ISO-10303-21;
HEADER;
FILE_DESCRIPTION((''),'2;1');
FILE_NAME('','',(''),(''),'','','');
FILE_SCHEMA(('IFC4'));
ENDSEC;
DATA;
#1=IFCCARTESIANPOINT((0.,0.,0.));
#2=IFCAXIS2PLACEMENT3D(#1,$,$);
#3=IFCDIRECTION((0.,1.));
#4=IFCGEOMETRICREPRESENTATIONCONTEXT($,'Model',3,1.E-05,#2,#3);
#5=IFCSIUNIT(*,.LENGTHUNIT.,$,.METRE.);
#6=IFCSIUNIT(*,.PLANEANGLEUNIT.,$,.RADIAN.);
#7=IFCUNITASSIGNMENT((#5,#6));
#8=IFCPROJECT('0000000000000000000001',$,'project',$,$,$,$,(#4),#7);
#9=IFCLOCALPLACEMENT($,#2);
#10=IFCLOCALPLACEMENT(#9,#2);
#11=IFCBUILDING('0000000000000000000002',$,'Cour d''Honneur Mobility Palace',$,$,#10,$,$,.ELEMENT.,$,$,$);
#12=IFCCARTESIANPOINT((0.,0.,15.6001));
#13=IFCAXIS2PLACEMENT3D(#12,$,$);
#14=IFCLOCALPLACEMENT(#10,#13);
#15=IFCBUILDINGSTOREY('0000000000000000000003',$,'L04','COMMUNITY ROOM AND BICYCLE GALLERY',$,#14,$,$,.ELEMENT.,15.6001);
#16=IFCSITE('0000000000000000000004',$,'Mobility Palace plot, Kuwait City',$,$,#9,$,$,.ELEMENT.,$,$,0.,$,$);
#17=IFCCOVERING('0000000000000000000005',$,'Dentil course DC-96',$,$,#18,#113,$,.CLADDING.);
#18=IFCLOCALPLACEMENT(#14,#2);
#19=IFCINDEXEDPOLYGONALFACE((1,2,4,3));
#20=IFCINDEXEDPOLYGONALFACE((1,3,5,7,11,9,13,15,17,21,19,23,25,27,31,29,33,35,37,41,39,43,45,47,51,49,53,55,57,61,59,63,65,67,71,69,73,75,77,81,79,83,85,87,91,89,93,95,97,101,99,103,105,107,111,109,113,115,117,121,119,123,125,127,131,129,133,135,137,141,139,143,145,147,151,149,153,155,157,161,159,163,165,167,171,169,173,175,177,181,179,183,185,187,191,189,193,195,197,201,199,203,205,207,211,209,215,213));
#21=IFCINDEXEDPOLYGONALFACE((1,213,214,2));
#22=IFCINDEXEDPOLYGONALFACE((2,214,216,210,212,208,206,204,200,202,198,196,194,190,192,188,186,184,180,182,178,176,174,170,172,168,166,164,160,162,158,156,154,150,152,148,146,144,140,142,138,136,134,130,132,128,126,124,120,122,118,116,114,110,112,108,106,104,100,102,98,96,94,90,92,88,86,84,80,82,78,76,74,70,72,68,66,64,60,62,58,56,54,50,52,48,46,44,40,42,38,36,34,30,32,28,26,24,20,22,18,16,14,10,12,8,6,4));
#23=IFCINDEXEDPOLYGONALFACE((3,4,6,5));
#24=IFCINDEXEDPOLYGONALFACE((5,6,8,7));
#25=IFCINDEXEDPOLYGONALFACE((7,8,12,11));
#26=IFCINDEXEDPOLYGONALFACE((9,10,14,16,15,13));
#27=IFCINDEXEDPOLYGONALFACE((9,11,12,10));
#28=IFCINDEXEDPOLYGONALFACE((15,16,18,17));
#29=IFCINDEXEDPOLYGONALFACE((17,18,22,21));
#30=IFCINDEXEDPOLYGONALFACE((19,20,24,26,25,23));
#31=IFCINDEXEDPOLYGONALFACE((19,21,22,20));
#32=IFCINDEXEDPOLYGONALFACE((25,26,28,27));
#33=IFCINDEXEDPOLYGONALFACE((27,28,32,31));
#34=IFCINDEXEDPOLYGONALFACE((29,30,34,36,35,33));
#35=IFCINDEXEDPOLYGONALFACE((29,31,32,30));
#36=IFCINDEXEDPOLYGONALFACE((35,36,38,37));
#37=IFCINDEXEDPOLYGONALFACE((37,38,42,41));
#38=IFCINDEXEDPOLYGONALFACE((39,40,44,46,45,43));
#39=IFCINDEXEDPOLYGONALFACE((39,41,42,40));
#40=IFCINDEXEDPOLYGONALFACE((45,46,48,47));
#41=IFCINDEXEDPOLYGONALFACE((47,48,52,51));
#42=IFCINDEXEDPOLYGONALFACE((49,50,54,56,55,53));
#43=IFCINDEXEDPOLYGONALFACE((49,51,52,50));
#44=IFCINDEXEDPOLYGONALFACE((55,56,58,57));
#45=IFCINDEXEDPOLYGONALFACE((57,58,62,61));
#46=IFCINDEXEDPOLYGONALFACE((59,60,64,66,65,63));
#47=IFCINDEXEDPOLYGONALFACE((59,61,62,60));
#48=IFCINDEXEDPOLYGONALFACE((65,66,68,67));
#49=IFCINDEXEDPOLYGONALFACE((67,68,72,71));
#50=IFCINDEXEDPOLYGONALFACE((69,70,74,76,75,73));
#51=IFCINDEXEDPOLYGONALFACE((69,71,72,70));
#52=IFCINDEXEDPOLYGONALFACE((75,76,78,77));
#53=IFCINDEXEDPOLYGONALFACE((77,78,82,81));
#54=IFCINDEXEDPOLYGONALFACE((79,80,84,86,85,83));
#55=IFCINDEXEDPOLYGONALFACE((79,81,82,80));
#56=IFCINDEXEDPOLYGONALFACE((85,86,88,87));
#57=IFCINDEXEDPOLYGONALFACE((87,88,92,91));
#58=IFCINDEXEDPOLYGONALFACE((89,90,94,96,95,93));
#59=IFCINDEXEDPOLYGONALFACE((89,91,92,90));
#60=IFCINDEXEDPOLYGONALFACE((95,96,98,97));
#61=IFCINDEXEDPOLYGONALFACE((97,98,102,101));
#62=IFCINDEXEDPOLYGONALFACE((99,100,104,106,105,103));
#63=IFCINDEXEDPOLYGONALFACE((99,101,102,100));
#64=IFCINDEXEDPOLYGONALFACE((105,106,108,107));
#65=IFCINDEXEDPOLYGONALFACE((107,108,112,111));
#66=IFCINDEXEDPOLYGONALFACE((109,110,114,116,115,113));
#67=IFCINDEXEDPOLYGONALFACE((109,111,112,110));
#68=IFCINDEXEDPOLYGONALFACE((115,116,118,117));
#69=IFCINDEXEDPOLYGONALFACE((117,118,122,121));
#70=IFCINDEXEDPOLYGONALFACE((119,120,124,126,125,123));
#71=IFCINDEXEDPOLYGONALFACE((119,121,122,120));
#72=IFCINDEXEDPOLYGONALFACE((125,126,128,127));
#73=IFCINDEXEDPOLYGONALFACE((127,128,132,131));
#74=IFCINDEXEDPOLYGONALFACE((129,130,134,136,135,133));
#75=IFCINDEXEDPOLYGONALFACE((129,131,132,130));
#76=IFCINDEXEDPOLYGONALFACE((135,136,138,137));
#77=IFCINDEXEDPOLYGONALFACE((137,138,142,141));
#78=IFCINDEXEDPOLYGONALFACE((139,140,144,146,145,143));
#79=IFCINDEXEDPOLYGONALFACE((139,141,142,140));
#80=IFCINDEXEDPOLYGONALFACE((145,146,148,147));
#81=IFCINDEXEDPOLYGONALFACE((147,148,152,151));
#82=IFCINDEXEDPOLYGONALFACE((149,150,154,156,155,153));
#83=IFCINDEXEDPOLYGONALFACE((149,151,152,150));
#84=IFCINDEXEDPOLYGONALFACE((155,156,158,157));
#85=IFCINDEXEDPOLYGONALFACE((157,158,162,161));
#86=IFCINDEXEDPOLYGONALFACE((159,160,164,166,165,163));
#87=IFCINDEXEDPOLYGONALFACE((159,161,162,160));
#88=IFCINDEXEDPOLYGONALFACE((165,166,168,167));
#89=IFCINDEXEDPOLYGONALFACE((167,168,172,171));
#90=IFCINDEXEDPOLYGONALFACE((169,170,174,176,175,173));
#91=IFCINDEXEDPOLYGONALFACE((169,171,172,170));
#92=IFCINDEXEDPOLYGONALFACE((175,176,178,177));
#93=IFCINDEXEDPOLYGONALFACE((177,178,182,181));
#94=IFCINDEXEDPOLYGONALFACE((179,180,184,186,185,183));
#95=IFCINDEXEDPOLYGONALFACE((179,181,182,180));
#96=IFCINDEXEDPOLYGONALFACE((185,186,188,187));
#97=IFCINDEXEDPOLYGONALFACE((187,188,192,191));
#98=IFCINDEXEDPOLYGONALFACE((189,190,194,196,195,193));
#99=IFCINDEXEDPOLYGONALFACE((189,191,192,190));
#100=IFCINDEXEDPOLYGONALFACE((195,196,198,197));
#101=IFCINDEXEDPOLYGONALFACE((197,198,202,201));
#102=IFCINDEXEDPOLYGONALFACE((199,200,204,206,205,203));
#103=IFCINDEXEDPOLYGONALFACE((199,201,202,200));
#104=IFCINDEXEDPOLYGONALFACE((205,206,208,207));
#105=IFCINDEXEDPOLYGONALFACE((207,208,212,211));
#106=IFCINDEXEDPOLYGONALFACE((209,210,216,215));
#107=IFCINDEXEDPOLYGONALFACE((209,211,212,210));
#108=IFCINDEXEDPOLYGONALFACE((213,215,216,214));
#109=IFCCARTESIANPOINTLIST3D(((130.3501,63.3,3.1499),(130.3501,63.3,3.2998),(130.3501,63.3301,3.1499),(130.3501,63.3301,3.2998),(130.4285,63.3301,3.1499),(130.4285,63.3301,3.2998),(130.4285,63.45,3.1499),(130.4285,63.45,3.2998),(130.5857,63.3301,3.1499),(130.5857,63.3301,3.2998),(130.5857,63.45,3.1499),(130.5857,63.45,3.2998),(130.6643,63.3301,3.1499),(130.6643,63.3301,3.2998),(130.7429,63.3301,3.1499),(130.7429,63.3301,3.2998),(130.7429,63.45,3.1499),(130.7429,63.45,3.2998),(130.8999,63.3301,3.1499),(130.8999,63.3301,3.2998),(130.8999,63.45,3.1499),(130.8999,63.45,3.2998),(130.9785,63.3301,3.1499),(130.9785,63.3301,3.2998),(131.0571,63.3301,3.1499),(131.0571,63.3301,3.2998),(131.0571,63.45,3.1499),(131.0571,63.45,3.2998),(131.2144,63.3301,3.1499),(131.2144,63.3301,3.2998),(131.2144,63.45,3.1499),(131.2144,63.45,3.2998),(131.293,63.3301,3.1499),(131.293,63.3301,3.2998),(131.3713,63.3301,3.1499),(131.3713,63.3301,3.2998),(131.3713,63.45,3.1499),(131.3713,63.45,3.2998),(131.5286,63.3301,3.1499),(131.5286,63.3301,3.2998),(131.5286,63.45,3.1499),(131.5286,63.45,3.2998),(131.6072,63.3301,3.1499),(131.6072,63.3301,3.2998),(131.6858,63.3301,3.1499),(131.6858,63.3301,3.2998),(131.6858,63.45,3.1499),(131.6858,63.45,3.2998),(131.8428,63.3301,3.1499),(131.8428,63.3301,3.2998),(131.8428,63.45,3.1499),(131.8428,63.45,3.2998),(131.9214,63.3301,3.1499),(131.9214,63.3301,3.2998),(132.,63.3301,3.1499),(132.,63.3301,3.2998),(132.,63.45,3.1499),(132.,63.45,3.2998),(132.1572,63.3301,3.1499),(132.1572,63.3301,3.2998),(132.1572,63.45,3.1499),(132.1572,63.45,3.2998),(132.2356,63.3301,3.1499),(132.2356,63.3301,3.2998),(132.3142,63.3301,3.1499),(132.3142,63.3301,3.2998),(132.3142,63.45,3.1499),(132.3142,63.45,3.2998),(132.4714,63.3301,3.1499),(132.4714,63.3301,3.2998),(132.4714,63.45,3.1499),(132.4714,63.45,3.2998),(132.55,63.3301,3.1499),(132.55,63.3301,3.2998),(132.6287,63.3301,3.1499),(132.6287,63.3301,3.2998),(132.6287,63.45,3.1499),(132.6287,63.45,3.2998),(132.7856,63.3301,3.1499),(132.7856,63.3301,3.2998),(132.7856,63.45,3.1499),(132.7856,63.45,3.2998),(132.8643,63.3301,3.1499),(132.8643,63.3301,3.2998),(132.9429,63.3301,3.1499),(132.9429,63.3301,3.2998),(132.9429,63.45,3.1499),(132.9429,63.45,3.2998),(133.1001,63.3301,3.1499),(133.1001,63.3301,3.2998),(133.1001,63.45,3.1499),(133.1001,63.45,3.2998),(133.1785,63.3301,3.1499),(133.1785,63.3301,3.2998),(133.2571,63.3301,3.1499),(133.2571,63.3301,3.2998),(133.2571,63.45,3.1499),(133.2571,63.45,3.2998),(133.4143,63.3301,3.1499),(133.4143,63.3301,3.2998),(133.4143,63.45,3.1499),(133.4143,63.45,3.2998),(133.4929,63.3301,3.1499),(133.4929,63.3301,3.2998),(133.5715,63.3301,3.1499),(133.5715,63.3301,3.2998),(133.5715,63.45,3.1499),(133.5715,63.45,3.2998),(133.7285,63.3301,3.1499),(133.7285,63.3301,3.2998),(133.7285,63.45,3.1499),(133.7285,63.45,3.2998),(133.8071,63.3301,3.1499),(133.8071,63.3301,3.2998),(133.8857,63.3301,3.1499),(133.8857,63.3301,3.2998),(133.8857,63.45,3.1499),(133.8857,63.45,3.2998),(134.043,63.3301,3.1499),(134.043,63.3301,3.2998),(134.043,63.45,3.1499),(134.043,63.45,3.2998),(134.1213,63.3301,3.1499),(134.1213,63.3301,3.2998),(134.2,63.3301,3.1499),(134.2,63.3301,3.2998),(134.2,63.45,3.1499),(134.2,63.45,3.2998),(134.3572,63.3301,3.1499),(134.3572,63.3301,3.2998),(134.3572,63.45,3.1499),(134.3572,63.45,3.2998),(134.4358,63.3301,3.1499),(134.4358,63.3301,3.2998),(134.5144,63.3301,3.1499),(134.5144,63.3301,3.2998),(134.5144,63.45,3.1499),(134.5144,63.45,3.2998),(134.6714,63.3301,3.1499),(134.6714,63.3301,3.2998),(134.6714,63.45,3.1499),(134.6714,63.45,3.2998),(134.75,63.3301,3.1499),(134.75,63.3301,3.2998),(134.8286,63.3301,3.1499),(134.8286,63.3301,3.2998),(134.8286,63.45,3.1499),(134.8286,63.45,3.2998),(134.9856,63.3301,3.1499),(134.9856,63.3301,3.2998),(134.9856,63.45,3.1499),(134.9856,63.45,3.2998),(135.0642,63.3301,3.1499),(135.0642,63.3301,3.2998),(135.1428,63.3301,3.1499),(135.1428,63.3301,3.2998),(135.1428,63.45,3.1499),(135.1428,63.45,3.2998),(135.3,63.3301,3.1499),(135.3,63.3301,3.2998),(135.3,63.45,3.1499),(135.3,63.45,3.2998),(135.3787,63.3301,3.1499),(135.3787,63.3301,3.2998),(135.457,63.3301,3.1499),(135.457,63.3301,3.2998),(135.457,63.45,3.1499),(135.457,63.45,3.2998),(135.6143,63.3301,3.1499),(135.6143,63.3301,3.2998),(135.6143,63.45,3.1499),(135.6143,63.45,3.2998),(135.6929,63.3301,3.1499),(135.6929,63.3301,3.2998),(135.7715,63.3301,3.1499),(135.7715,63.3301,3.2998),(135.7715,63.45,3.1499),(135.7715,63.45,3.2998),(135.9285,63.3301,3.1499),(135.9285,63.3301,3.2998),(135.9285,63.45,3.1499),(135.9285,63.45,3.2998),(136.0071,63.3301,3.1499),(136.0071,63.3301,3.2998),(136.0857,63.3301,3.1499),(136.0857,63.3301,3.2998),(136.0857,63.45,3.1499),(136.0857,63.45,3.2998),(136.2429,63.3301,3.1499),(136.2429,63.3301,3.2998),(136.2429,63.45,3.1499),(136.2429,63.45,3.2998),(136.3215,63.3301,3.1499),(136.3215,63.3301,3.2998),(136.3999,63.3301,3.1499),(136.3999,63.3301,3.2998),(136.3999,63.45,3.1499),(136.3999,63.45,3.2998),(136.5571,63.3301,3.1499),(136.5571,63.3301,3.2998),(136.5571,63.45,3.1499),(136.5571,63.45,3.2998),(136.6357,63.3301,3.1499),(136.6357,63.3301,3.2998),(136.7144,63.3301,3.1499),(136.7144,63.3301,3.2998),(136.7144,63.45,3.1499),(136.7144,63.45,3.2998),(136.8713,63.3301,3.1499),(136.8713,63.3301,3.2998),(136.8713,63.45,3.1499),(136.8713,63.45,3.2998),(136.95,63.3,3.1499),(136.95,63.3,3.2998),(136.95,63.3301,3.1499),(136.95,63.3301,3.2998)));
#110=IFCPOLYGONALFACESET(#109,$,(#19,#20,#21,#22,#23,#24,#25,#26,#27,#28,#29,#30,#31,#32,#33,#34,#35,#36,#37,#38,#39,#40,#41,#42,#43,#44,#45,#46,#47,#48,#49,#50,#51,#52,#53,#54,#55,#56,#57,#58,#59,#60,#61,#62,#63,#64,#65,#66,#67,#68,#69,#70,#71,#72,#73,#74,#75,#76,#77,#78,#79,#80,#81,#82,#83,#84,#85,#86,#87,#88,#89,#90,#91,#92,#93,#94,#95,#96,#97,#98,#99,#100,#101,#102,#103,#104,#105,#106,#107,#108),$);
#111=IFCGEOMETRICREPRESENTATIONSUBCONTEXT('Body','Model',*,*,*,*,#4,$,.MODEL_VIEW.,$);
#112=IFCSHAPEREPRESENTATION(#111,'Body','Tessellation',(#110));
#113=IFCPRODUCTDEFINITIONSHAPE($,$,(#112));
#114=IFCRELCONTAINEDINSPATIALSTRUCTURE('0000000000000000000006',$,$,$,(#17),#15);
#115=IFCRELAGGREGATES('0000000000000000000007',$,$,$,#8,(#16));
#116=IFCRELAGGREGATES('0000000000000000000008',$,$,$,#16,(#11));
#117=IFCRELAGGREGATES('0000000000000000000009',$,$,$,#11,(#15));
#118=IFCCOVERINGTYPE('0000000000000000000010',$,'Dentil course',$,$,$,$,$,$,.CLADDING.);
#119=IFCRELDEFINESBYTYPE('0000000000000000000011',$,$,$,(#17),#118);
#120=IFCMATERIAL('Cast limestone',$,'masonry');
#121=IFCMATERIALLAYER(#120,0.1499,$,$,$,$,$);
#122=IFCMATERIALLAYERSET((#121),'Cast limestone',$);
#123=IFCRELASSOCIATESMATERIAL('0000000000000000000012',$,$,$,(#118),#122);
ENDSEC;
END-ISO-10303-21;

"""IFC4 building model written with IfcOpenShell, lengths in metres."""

from ifc_helpers import new_model, si_unit, direction, frame, origin, place, context, subcontext, project, spatial, polyline, outline, extrude, material, layer, layer_set, type_object, element, save


model = new_model("IFC4")

# Units and contexts
model_context = context("Model", 3, precision=1e-05, world=origin(), true_north=direction((0.0, 1.0)))
body_context = subcontext(model_context, "Body", "Model", "MODEL_VIEW")
ifc_project = project(units=[si_unit("LENGTHUNIT", "METRE"), si_unit("PLANEANGLEUNIT", "RADIAN")], contexts=[model_context])

# Site, building, storey
site_placement = place(None, origin())
site = spatial("IfcSite", under=ifc_project, at=site_placement, Name="Mobility Palace plot, Kuwait City", CompositionType="ELEMENT", RefElevation=0.0)
building_placement = place(site_placement, origin())
building = spatial("IfcBuilding", under=site, at=building_placement, Name="Cour d'Honneur Mobility Palace", CompositionType="ELEMENT")
storey_placement = place(building_placement, frame((0.0, 0.0, 15.6001)))
storey = spatial("IfcBuildingStorey", under=building, at=storey_placement, Name="L04", Description="COMMUNITY ROOM AND BICYCLE GALLERY", CompositionType="ELEMENT", Elevation=15.6001)

# Covering
ifc_material = material(Name="Cast limestone", Category="masonry")
ifc_layer = layer(ifc_material, 0.1499)
ifc_layer_set = layer_set([ifc_layer], Name="Cast limestone")
covering_type = type_object("IfcCoveringType", Name="Dentil course", PredefinedType="CLADDING", material=ifc_layer_set)
covering_1_placement = place(storey_placement, frame((0.0, 0.0, 3.1499)))
element("IfcCovering", 1, at=covering_1_placement, inside=storey, type_object=covering_type, Name="Dentil course DC-96", PredefinedType="CLADDING", context=body_context, shape_type="SweptSolid", body=[
    extrude(outline(polyline([(136.95, 63.3), (130.3501, 63.3), (130.3501, 63.3301), (130.3501, 63.3301), (130.4285, 63.3301), (130.4285, 63.45), (130.5857, 63.45), (130.5857, 63.3301), (130.6643, 63.3301), (130.6643, 63.3301), (130.7429, 63.3301), (130.7429, 63.45), (130.8999, 63.45), (130.8999, 63.3301), (130.9785, 63.3301), (130.9785, 63.3301), (131.0571, 63.3301), (131.0571, 63.45), (131.2144, 63.45), (131.2144, 63.3301), (131.293, 63.3301), (131.293, 63.3301), (131.3713, 63.3301), (131.3713, 63.45), (131.5286, 63.45), (131.5286, 63.3301), (131.6072, 63.3301), (131.6072, 63.3301), (131.6858, 63.3301), (131.6858, 63.45), (131.8428, 63.45), (131.8428, 63.3301), (131.9214, 63.3301), (131.9214, 63.3301), (132.0, 63.3301), (132.0, 63.45), (132.1572, 63.45), (132.1572, 63.3301), (132.2356, 63.3301), (132.2356, 63.3301), (132.3142, 63.3301), (132.3142, 63.45), (132.4714, 63.45), (132.4714, 63.3301), (132.55, 63.3301), (132.55, 63.3301), (132.6287, 63.3301), (132.6287, 63.45), (132.7856, 63.45), (132.7856, 63.3301), (132.8643, 63.3301), (132.8643, 63.3301), (132.9429, 63.3301), (132.9429, 63.45), (133.1001, 63.45), (133.1001, 63.3301), (133.1785, 63.3301), (133.1785, 63.3301), (133.2571, 63.3301), (133.2571, 63.45), (133.4143, 63.45), (133.4143, 63.3301), (133.4929, 63.3301), (133.4929, 63.3301), (133.5715, 63.3301), (133.5715, 63.45), (133.7285, 63.45), (133.7285, 63.3301), (133.8071, 63.3301), (133.8071, 63.3301), (133.8857, 63.3301), (133.8857, 63.45), (134.043, 63.45), (134.043, 63.3301), (134.1213, 63.3301), (134.1213, 63.3301), (134.2, 63.3301), (134.2, 63.45), (134.3572, 63.45), (134.3572, 63.3301), (134.4358, 63.3301), (134.4358, 63.3301), (134.5144, 63.3301), (134.5144, 63.45), (134.6714, 63.45), (134.6714, 63.3301), (134.75, 63.3301), (134.75, 63.3301), (134.8286, 63.3301), (134.8286, 63.45), (134.9856, 63.45), (134.9856, 63.3301), (135.0642, 63.3301), (135.0642, 63.3301), (135.1428, 63.3301), (135.1428, 63.45), (135.3, 63.45), (135.3, 63.3301), (135.3787, 63.3301), (135.3787, 63.3301), (135.457, 63.3301), (135.457, 63.45), (135.6143, 63.45), (135.6143, 63.3301), (135.6929, 63.3301), (135.6929, 63.3301), (135.7715, 63.3301), (135.7715, 63.45), (135.9285, 63.45), (135.9285, 63.3301), (136.0071, 63.3301), (136.0071, 63.3301), (136.0857, 63.3301), (136.0857, 63.45), (136.2429, 63.45), (136.2429, 63.3301), (136.3215, 63.3301), (136.3215, 63.3301), (136.3999, 63.3301), (136.3999, 63.45), (136.5571, 63.45), (136.5571, 63.3301), (136.6357, 63.3301), (136.6357, 63.3301), (136.7144, 63.3301), (136.7144, 63.45), (136.8713, 63.45), (136.8713, 63.3301), (136.95, 63.3301), (136.95, 63.3)])), origin(), (0.0, 0.0, 1.0), 0.1499),
])

save(model, "model.ifc")
